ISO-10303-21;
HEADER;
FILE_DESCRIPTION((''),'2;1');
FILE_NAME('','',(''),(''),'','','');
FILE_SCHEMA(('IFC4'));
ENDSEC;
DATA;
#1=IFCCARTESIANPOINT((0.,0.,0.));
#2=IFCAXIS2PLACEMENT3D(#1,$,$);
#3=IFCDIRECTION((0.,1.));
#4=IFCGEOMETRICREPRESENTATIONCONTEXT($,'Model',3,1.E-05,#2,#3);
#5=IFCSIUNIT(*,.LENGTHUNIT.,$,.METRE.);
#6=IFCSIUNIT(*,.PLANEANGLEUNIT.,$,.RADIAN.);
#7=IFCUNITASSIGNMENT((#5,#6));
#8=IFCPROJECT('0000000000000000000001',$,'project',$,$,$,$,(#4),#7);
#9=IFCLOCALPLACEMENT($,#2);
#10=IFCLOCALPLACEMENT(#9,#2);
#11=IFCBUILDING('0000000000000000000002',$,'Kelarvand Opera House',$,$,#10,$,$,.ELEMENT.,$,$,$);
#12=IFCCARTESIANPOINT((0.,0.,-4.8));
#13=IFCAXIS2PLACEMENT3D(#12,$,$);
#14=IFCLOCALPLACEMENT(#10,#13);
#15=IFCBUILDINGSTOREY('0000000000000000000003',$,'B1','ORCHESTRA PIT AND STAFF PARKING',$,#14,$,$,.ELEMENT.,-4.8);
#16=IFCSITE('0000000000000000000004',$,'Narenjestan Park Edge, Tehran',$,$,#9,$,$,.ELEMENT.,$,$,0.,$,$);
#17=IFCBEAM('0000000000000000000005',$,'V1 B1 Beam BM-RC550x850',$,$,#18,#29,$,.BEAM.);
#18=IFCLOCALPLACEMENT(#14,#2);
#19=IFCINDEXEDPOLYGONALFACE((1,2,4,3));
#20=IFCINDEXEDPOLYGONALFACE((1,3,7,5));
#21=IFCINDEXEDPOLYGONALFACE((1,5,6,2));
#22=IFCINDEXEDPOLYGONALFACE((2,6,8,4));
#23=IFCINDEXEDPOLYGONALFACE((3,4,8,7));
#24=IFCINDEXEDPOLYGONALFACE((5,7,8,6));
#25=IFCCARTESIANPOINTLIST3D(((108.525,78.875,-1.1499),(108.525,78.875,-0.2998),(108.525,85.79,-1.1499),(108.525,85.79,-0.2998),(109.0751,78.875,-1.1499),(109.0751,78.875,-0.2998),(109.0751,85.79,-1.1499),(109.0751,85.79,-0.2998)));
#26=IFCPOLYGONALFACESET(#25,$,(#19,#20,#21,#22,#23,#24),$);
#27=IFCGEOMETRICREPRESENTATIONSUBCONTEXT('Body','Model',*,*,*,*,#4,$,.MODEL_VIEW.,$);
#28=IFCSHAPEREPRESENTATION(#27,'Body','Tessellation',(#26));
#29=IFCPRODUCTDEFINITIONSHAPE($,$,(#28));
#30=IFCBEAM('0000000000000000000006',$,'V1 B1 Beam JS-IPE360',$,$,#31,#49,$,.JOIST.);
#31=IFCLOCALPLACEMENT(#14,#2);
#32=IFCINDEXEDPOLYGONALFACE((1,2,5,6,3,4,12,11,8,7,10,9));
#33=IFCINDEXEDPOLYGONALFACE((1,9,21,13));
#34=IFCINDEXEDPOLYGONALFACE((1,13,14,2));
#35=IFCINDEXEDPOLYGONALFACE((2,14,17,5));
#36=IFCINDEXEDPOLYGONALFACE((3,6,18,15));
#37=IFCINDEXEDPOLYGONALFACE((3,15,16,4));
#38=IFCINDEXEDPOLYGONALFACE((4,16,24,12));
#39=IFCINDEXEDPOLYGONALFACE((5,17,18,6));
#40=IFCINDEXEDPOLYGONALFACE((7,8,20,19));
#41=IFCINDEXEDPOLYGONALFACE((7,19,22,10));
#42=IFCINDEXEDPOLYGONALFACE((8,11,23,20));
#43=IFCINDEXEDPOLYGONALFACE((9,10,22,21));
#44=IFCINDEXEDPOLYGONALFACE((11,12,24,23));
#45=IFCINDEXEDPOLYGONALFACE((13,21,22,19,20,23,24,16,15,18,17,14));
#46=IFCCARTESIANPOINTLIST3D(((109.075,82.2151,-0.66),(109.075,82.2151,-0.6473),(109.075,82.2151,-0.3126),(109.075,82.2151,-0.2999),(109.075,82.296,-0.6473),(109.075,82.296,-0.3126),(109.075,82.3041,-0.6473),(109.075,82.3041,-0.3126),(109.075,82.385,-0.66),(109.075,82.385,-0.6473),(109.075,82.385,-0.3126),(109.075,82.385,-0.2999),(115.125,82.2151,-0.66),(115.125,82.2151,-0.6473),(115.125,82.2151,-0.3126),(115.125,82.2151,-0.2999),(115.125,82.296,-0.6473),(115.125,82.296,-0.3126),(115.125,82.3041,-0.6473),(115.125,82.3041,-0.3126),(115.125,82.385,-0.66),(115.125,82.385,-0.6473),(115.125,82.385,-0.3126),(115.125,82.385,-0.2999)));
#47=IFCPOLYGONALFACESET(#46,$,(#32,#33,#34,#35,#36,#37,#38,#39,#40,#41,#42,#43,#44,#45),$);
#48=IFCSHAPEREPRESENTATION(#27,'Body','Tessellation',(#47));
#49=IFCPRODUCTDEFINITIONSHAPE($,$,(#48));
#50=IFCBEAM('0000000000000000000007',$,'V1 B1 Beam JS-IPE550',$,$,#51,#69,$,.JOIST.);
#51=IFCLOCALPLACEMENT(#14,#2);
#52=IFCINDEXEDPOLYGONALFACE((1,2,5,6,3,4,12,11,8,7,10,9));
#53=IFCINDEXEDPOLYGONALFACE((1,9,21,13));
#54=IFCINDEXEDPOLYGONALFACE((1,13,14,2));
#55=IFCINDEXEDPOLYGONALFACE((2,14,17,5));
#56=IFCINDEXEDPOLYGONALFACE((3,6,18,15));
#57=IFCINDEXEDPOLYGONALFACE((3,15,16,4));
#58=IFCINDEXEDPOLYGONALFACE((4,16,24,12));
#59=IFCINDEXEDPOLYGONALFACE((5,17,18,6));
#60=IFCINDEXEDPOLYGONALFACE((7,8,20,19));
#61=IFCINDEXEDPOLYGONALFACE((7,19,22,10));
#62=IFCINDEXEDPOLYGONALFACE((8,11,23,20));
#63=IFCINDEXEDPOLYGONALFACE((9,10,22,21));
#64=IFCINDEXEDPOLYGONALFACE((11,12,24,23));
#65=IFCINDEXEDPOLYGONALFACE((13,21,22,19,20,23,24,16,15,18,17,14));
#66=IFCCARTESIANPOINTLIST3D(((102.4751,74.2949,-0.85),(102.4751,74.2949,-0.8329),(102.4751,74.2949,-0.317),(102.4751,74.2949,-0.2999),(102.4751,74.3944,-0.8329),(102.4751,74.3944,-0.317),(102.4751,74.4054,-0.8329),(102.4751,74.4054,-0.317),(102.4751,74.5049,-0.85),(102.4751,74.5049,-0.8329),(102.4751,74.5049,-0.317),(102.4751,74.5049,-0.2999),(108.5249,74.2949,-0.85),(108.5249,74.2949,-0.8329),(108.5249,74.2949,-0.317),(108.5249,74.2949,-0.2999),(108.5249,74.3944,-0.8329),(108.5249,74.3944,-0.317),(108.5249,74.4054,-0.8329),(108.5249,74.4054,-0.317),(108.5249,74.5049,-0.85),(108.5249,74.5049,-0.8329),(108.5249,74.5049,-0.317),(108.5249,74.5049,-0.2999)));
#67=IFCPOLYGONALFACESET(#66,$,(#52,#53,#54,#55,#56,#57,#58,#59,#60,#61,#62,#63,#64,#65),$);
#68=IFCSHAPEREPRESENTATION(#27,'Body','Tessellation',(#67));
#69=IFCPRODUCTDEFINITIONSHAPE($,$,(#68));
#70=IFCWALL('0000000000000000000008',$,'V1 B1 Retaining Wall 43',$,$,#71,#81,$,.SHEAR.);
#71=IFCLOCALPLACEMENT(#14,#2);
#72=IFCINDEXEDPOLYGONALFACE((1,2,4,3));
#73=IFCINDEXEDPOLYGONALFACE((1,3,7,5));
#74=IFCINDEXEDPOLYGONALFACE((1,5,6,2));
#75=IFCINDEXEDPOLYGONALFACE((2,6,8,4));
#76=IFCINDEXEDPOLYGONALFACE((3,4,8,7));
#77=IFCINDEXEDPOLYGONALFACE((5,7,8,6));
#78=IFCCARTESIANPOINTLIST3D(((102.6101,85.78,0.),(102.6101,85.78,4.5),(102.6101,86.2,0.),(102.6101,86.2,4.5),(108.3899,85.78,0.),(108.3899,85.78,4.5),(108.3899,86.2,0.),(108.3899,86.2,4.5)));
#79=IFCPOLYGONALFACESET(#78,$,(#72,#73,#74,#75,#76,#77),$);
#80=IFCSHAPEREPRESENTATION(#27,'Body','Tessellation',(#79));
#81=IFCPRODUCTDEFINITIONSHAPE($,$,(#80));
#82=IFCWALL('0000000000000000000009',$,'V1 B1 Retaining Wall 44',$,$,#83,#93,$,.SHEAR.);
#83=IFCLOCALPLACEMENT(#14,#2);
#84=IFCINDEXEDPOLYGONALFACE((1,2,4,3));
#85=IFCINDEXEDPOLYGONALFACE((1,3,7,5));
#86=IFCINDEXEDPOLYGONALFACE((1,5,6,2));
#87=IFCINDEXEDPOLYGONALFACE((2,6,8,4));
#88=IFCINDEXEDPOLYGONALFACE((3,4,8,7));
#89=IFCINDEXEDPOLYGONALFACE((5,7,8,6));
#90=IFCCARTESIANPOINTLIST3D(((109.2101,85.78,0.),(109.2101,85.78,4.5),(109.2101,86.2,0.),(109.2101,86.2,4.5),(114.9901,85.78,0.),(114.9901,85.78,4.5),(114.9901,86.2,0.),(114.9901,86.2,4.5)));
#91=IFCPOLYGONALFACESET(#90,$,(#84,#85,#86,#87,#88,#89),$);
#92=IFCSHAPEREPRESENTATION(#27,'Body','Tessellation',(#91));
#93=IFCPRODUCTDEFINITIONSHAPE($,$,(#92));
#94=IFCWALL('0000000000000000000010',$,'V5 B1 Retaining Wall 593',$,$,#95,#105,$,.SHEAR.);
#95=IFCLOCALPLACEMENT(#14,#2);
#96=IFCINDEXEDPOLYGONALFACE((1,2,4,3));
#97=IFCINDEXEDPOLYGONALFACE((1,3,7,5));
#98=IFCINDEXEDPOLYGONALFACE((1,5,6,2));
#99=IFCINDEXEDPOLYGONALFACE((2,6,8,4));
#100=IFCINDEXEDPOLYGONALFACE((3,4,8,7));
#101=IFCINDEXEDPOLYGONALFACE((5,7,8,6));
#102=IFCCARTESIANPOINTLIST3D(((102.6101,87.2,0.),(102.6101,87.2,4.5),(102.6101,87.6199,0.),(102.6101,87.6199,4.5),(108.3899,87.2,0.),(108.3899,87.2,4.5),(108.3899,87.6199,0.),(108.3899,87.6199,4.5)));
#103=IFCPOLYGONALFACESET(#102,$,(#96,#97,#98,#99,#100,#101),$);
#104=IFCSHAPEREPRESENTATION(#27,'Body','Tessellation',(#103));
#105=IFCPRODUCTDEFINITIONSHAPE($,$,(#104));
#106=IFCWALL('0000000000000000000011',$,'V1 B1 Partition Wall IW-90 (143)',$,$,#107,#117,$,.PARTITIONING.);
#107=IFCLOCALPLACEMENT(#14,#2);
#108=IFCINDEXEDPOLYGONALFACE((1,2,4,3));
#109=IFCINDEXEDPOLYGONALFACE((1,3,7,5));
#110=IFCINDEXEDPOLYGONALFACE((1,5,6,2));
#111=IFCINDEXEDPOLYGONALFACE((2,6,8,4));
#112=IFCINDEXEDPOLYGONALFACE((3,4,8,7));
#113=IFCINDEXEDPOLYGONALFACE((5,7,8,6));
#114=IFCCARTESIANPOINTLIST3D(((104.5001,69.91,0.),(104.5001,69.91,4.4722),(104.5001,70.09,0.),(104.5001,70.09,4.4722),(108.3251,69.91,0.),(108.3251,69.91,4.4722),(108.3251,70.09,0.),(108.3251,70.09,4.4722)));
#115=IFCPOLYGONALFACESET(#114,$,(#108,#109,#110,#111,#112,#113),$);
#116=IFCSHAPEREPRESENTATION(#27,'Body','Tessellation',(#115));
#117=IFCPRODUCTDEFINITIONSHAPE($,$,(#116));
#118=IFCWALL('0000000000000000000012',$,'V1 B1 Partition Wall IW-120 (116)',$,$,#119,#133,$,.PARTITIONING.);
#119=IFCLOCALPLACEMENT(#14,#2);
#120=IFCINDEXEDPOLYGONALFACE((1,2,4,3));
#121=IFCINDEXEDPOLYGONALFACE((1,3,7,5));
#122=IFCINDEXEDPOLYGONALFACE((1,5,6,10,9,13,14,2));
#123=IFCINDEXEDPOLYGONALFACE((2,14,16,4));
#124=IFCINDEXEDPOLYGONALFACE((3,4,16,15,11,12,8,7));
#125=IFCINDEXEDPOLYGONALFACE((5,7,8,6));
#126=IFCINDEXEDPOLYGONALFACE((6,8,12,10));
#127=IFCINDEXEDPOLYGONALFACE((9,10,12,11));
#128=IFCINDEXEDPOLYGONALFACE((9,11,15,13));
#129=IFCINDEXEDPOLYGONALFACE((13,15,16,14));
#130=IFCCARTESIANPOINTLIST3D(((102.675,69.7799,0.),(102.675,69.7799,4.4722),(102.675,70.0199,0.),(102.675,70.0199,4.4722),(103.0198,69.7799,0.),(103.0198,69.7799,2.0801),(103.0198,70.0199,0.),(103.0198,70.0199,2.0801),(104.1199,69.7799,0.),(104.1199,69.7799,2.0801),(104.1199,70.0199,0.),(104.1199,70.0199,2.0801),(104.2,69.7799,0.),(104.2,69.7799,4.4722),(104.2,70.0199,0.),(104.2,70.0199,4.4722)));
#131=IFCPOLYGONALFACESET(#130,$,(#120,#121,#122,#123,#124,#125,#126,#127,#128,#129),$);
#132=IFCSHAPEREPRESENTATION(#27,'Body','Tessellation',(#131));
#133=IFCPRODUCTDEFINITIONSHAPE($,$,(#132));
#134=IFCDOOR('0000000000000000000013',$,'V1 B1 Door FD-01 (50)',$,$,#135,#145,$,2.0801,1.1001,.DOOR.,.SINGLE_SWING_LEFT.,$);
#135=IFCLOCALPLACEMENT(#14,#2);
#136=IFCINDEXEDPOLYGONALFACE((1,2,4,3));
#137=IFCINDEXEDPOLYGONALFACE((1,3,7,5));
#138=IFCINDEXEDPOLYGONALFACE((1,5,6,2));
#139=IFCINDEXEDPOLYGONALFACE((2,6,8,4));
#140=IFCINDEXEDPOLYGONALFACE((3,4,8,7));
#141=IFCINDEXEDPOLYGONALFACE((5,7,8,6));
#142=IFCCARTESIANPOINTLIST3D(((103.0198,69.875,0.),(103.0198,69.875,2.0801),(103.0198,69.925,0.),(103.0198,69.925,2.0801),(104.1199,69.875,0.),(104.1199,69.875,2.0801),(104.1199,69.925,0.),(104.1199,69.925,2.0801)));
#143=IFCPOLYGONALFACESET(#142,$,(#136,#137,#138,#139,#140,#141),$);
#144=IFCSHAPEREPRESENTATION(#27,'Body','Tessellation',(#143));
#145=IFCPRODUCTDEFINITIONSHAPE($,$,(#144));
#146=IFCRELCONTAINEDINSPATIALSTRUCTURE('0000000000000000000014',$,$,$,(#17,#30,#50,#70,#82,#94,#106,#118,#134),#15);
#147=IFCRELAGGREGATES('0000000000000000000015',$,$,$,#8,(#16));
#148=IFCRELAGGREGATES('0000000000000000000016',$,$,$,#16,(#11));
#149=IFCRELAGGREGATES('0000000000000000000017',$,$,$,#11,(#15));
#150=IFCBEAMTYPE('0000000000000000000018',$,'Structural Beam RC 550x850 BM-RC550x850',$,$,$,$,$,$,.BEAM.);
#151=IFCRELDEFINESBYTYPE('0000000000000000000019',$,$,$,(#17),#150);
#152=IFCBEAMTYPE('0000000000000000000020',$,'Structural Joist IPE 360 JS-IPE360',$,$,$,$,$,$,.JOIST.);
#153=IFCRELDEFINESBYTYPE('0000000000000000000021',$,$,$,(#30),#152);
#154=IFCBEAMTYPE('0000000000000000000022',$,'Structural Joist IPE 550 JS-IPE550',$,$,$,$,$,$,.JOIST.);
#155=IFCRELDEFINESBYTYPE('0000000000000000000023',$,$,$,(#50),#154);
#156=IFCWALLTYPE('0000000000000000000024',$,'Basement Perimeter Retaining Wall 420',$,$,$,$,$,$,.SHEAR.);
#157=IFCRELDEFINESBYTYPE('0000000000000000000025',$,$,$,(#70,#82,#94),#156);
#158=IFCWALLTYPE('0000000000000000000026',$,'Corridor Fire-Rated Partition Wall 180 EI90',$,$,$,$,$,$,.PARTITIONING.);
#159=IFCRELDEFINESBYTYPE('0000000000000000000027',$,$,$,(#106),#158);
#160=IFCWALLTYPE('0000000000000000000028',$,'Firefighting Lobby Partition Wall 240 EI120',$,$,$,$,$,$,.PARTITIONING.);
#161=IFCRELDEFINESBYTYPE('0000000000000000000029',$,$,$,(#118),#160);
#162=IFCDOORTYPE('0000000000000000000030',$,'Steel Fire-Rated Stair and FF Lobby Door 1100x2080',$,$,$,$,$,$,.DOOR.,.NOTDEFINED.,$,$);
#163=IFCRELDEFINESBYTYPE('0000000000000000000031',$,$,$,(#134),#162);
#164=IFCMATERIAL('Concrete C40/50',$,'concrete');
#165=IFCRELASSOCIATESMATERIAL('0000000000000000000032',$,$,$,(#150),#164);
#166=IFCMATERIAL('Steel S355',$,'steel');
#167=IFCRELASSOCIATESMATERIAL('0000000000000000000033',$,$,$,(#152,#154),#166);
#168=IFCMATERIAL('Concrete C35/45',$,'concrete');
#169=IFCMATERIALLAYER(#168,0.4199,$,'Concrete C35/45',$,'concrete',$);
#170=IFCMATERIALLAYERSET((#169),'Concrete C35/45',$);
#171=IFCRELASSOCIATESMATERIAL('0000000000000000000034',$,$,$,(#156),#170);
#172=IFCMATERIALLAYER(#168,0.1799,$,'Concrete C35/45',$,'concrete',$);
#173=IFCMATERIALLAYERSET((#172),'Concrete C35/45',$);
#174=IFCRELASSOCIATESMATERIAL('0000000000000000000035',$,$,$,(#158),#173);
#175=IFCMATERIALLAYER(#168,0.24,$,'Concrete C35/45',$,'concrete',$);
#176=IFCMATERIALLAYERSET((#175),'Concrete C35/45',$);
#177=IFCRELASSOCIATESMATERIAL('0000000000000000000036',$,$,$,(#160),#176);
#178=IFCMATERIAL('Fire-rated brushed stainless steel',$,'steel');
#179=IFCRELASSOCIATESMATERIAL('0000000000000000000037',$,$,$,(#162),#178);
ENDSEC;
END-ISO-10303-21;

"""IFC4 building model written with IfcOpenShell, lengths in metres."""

from ifc_helpers import new_model, si_unit, direction, frame, frame_2d, origin, origin_2d, place, context, subcontext, project, spatial, rectangle, i_section, extrude, material, layer, layer_set, material_profile, profile_set, type_object, element, fill, save


model = new_model("IFC4")

# Units and contexts
model_context = context("Model", 3, precision=1e-05, world=origin(), true_north=direction((0.0, 1.0)))
body_context = subcontext(model_context, "Body", "Model", "MODEL_VIEW")
ifc_project = project(units=[si_unit("LENGTHUNIT", "METRE"), si_unit("PLANEANGLEUNIT", "RADIAN")], contexts=[model_context])

# Site, building, storey
site_placement = place(None, origin())
site = spatial("IfcSite", under=ifc_project, at=site_placement, Name="Narenjestan Park Edge, Tehran", CompositionType="ELEMENT", RefElevation=0.0)
building_placement = place(site_placement, origin())
building = spatial("IfcBuilding", under=site, at=building_placement, Name="Kelarvand Opera House", CompositionType="ELEMENT")
storey_placement = place(building_placement, frame((0.0, 0.0, -4.8)))
storey = spatial("IfcBuildingStorey", under=building, at=storey_placement, Name="B1", Description="ORCHESTRA PIT AND STAFF PARKING", CompositionType="ELEMENT", Elevation=-4.8)

# Shared definitions
ifc_material_1 = material(Name="Concrete C40/50", Category="concrete")

# Beams
ifc_material_2 = material(Name="Concrete C35/45", Category="concrete")
ifc_material_profile_1 = material_profile(ifc_material_1, rectangle(XDim=0.55, YDim=0.8501, at=origin_2d()), Name="RC 550x850", Category="concrete")
ifc_profile_set_1 = profile_set([ifc_material_profile_1], Name="Concrete C40/50")
beam_type_1 = type_object("IfcBeamType", Name="Structural Beam RC 550x850 BM-RC550x850", PredefinedType="BEAM", material=ifc_profile_set_1)
beam_1_placement = place(storey_placement, frame((108.8, 78.875, -0.7249), z_axis=(0.0, 1.0, 0.0), x_axis=(-1.0, 0.0, 0.0)))
element("IfcBeam", 1, at=beam_1_placement, inside=storey, type_object=beam_type_1, Name="V1 B1 Beam BM-RC550x850", PredefinedType="BEAM", context=body_context, shape_type="SweptSolid", body=[
    extrude(rectangle(XDim=0.55, YDim=0.8501, at=origin_2d()), origin(), (0.0, 0.0, 1.0), 6.915),
])
ifc_material_3 = material(Name="Steel S355", Category="steel")
ifc_material_profile_2 = material_profile(ifc_material_3, i_section(OverallWidth=0.1699, OverallDepth=0.3601, WebThickness=0.0081, FlangeThickness=0.0127, at=origin_2d()), Name="IPE 360", Category="steel")
ifc_profile_set_2 = profile_set([ifc_material_profile_2], Name="Steel S355")
beam_type_2 = type_object("IfcBeamType", Name="Structural Joist IPE 360 JS-IPE360", PredefinedType="JOIST", material=ifc_profile_set_2)
beam_2_placement = place(storey_placement, frame((109.075, 82.3, -0.48), z_axis=(1.0, 0.0, 0.0), x_axis=(0.0, 1.0, 0.0)))
element("IfcBeam", 2, at=beam_2_placement, inside=storey, type_object=beam_type_2, Name="V1 B1 Beam JS-IPE360", PredefinedType="JOIST", context=body_context, shape_type="SweptSolid", body=[
    extrude(i_section(OverallWidth=0.1699, OverallDepth=0.3601, WebThickness=0.0081, FlangeThickness=0.0127, at=origin_2d()), origin(), (0.0, 0.0, 1.0), 6.05),
])
ifc_material_profile_3 = material_profile(ifc_material_3, i_section(OverallWidth=0.21, OverallDepth=0.55, WebThickness=0.011, FlangeThickness=0.0171, at=origin_2d()), Name="IPE 550", Category="steel")
ifc_profile_set_3 = profile_set([ifc_material_profile_3], Name="Steel S355")
beam_type_3 = type_object("IfcBeamType", Name="Structural Joist IPE 550 JS-IPE550", PredefinedType="JOIST", material=ifc_profile_set_3)
beam_3_placement = place(storey_placement, frame((102.4751, 74.3999, -0.575), z_axis=(1.0, 0.0, 0.0), x_axis=(0.0, 1.0, 0.0)))
element("IfcBeam", 3, at=beam_3_placement, inside=storey, type_object=beam_type_3, Name="V1 B1 Beam JS-IPE550", PredefinedType="JOIST", context=body_context, shape_type="SweptSolid", body=[
    extrude(i_section(OverallWidth=0.21, OverallDepth=0.55, WebThickness=0.011, FlangeThickness=0.0171, at=origin_2d()), origin(), (0.0, 0.0, 1.0), 6.0498),
])

# Walls
ifc_layer_1 = layer(ifc_material_2, 0.4199, Name="Concrete C35/45", Category="concrete")
ifc_layer_set_1 = layer_set([ifc_layer_1], Name="Concrete C35/45")
wall_type_1 = type_object("IfcWallType", Name="Basement Perimeter Retaining Wall 420", PredefinedType="SHEAR", material=ifc_layer_set_1)
wall_1_placement = place(storey_placement, frame((102.6101, 85.99, 0.0), z_axis=(0.0, 0.0, 1.0), x_axis=(1.0, 0.0, 0.0)))
element("IfcWall", 4, at=wall_1_placement, inside=storey, type_object=wall_type_1, Name="V1 B1 Retaining Wall 43", PredefinedType="SHEAR", context=body_context, shape_type="SweptSolid", body=[
    extrude(rectangle(XDim=5.7798, YDim=0.4199, at=frame_2d((2.8899, 0.0))), origin(), (0.0, 0.0, 1.0), 4.5),
])
wall_2_placement = place(storey_placement, frame((109.21, 85.99, 0.0), z_axis=(0.0, 0.0, 1.0), x_axis=(1.0, 0.0, 0.0)))
element("IfcWall", 5, at=wall_2_placement, inside=storey, type_object=wall_type_1, Name="V1 B1 Retaining Wall 44", PredefinedType="SHEAR", context=body_context, shape_type="SweptSolid", body=[
    extrude(rectangle(XDim=5.78, YDim=0.4199, at=frame_2d((2.8901, 0.0))), origin(), (0.0, 0.0, 1.0), 4.5),
])
wall_3_placement = place(storey_placement, frame((108.3899, 87.4099, 0.0), z_axis=(0.0, 0.0, 1.0), x_axis=(-1.0, 0.0, 0.0)))
element("IfcWall", 6, at=wall_3_placement, inside=storey, type_object=wall_type_1, Name="V5 B1 Retaining Wall 593", PredefinedType="SHEAR", context=body_context, shape_type="SweptSolid", body=[
    extrude(rectangle(XDim=5.7798, YDim=0.4199, at=frame_2d((2.8899, 0.0))), origin(), (0.0, 0.0, 1.0), 4.5),
])
ifc_layer_2 = layer(ifc_material_2, 0.1799, Name="Concrete C35/45", Category="concrete")
ifc_layer_set_2 = layer_set([ifc_layer_2], Name="Concrete C35/45")
wall_type_2 = type_object("IfcWallType", Name="Corridor Fire-Rated Partition Wall 180 EI90", PredefinedType="PARTITIONING", material=ifc_layer_set_2)
wall_4_placement = place(storey_placement, frame((104.5, 70.0, 0.0), z_axis=(0.0, 0.0, 1.0), x_axis=(1.0, 0.0, 0.0)))
element("IfcWall", 7, at=wall_4_placement, inside=storey, type_object=wall_type_2, Name="V1 B1 Partition Wall IW-90 (143)", PredefinedType="PARTITIONING", context=body_context, shape_type="SweptSolid", body=[
    extrude(rectangle(XDim=3.825, YDim=0.1799, at=frame_2d((1.9126, 0.0))), origin(), (0.0, 0.0, 1.0), 4.4722),
])

# Wall, opening, door
ifc_layer_3 = layer(ifc_material_2, 0.24, Name="Concrete C35/45", Category="concrete")
ifc_layer_set_3 = layer_set([ifc_layer_3], Name="Concrete C35/45")
wall_type_3 = type_object("IfcWallType", Name="Firefighting Lobby Partition Wall 240 EI120", PredefinedType="PARTITIONING", material=ifc_layer_set_3)
wall_5_placement = place(storey_placement, frame((104.2, 69.8999, 0.0), z_axis=(0.0, 0.0, 1.0), x_axis=(-1.0, 0.0, 0.0)))
wall_5 = element("IfcWall", 8, at=wall_5_placement, inside=storey, type_object=wall_type_3, Name="V1 B1 Partition Wall IW-120 (116)", PredefinedType="PARTITIONING", context=body_context, shape_type="SweptSolid", body=[
    extrude(rectangle(XDim=1.5249, YDim=0.24, at=frame_2d((0.7625, 0.0))), origin(), (0.0, 0.0, 1.0), 4.4722),
])
opening_placement = place(wall_5_placement, frame((0.0801, 0.0, 0.0)))
opening = element("IfcOpeningElement", 9, at=opening_placement, cuts=wall_5, PredefinedType="OPENING", context=body_context, shape_type="SweptSolid", body=[
    extrude(rectangle(XDim=1.1001, YDim=2.0801, at=frame_2d((0.55, 1.04))), frame((0.0, 0.1299, 0.0), z_axis=(0.0, -1.0, 0.0), x_axis=(1.0, 0.0, 0.0)), (0.0, 0.0, 1.0), 0.26),
])
ifc_material_4 = material(Name="Fire-rated brushed stainless steel", Category="steel")
door_type = type_object("IfcDoorType", Name="Steel Fire-Rated Stair and FF Lobby Door 1100x2080", OperationType="NOTDEFINED", PredefinedType="DOOR", material=ifc_material_4)
door_placement = place(opening_placement, origin())
door = element("IfcDoor", 10, at=door_placement, inside=storey, type_object=door_type, Name="V1 B1 Door FD-01 (50)", OperationType="SINGLE_SWING_LEFT", OverallHeight=2.0801, OverallWidth=1.1001, PredefinedType="DOOR", context=body_context, shape_type="SweptSolid", body=[
    extrude(rectangle(XDim=1.1001, YDim=2.0801, at=frame_2d((0.55, 1.04))), frame((0.0, 0.0249, 0.0), z_axis=(0.0, -1.0, 0.0), x_axis=(1.0, 0.0, 0.0)), (0.0, 0.0, 1.0), 0.05),
])
fill(opening, door)

save(model, "model.ifc")
